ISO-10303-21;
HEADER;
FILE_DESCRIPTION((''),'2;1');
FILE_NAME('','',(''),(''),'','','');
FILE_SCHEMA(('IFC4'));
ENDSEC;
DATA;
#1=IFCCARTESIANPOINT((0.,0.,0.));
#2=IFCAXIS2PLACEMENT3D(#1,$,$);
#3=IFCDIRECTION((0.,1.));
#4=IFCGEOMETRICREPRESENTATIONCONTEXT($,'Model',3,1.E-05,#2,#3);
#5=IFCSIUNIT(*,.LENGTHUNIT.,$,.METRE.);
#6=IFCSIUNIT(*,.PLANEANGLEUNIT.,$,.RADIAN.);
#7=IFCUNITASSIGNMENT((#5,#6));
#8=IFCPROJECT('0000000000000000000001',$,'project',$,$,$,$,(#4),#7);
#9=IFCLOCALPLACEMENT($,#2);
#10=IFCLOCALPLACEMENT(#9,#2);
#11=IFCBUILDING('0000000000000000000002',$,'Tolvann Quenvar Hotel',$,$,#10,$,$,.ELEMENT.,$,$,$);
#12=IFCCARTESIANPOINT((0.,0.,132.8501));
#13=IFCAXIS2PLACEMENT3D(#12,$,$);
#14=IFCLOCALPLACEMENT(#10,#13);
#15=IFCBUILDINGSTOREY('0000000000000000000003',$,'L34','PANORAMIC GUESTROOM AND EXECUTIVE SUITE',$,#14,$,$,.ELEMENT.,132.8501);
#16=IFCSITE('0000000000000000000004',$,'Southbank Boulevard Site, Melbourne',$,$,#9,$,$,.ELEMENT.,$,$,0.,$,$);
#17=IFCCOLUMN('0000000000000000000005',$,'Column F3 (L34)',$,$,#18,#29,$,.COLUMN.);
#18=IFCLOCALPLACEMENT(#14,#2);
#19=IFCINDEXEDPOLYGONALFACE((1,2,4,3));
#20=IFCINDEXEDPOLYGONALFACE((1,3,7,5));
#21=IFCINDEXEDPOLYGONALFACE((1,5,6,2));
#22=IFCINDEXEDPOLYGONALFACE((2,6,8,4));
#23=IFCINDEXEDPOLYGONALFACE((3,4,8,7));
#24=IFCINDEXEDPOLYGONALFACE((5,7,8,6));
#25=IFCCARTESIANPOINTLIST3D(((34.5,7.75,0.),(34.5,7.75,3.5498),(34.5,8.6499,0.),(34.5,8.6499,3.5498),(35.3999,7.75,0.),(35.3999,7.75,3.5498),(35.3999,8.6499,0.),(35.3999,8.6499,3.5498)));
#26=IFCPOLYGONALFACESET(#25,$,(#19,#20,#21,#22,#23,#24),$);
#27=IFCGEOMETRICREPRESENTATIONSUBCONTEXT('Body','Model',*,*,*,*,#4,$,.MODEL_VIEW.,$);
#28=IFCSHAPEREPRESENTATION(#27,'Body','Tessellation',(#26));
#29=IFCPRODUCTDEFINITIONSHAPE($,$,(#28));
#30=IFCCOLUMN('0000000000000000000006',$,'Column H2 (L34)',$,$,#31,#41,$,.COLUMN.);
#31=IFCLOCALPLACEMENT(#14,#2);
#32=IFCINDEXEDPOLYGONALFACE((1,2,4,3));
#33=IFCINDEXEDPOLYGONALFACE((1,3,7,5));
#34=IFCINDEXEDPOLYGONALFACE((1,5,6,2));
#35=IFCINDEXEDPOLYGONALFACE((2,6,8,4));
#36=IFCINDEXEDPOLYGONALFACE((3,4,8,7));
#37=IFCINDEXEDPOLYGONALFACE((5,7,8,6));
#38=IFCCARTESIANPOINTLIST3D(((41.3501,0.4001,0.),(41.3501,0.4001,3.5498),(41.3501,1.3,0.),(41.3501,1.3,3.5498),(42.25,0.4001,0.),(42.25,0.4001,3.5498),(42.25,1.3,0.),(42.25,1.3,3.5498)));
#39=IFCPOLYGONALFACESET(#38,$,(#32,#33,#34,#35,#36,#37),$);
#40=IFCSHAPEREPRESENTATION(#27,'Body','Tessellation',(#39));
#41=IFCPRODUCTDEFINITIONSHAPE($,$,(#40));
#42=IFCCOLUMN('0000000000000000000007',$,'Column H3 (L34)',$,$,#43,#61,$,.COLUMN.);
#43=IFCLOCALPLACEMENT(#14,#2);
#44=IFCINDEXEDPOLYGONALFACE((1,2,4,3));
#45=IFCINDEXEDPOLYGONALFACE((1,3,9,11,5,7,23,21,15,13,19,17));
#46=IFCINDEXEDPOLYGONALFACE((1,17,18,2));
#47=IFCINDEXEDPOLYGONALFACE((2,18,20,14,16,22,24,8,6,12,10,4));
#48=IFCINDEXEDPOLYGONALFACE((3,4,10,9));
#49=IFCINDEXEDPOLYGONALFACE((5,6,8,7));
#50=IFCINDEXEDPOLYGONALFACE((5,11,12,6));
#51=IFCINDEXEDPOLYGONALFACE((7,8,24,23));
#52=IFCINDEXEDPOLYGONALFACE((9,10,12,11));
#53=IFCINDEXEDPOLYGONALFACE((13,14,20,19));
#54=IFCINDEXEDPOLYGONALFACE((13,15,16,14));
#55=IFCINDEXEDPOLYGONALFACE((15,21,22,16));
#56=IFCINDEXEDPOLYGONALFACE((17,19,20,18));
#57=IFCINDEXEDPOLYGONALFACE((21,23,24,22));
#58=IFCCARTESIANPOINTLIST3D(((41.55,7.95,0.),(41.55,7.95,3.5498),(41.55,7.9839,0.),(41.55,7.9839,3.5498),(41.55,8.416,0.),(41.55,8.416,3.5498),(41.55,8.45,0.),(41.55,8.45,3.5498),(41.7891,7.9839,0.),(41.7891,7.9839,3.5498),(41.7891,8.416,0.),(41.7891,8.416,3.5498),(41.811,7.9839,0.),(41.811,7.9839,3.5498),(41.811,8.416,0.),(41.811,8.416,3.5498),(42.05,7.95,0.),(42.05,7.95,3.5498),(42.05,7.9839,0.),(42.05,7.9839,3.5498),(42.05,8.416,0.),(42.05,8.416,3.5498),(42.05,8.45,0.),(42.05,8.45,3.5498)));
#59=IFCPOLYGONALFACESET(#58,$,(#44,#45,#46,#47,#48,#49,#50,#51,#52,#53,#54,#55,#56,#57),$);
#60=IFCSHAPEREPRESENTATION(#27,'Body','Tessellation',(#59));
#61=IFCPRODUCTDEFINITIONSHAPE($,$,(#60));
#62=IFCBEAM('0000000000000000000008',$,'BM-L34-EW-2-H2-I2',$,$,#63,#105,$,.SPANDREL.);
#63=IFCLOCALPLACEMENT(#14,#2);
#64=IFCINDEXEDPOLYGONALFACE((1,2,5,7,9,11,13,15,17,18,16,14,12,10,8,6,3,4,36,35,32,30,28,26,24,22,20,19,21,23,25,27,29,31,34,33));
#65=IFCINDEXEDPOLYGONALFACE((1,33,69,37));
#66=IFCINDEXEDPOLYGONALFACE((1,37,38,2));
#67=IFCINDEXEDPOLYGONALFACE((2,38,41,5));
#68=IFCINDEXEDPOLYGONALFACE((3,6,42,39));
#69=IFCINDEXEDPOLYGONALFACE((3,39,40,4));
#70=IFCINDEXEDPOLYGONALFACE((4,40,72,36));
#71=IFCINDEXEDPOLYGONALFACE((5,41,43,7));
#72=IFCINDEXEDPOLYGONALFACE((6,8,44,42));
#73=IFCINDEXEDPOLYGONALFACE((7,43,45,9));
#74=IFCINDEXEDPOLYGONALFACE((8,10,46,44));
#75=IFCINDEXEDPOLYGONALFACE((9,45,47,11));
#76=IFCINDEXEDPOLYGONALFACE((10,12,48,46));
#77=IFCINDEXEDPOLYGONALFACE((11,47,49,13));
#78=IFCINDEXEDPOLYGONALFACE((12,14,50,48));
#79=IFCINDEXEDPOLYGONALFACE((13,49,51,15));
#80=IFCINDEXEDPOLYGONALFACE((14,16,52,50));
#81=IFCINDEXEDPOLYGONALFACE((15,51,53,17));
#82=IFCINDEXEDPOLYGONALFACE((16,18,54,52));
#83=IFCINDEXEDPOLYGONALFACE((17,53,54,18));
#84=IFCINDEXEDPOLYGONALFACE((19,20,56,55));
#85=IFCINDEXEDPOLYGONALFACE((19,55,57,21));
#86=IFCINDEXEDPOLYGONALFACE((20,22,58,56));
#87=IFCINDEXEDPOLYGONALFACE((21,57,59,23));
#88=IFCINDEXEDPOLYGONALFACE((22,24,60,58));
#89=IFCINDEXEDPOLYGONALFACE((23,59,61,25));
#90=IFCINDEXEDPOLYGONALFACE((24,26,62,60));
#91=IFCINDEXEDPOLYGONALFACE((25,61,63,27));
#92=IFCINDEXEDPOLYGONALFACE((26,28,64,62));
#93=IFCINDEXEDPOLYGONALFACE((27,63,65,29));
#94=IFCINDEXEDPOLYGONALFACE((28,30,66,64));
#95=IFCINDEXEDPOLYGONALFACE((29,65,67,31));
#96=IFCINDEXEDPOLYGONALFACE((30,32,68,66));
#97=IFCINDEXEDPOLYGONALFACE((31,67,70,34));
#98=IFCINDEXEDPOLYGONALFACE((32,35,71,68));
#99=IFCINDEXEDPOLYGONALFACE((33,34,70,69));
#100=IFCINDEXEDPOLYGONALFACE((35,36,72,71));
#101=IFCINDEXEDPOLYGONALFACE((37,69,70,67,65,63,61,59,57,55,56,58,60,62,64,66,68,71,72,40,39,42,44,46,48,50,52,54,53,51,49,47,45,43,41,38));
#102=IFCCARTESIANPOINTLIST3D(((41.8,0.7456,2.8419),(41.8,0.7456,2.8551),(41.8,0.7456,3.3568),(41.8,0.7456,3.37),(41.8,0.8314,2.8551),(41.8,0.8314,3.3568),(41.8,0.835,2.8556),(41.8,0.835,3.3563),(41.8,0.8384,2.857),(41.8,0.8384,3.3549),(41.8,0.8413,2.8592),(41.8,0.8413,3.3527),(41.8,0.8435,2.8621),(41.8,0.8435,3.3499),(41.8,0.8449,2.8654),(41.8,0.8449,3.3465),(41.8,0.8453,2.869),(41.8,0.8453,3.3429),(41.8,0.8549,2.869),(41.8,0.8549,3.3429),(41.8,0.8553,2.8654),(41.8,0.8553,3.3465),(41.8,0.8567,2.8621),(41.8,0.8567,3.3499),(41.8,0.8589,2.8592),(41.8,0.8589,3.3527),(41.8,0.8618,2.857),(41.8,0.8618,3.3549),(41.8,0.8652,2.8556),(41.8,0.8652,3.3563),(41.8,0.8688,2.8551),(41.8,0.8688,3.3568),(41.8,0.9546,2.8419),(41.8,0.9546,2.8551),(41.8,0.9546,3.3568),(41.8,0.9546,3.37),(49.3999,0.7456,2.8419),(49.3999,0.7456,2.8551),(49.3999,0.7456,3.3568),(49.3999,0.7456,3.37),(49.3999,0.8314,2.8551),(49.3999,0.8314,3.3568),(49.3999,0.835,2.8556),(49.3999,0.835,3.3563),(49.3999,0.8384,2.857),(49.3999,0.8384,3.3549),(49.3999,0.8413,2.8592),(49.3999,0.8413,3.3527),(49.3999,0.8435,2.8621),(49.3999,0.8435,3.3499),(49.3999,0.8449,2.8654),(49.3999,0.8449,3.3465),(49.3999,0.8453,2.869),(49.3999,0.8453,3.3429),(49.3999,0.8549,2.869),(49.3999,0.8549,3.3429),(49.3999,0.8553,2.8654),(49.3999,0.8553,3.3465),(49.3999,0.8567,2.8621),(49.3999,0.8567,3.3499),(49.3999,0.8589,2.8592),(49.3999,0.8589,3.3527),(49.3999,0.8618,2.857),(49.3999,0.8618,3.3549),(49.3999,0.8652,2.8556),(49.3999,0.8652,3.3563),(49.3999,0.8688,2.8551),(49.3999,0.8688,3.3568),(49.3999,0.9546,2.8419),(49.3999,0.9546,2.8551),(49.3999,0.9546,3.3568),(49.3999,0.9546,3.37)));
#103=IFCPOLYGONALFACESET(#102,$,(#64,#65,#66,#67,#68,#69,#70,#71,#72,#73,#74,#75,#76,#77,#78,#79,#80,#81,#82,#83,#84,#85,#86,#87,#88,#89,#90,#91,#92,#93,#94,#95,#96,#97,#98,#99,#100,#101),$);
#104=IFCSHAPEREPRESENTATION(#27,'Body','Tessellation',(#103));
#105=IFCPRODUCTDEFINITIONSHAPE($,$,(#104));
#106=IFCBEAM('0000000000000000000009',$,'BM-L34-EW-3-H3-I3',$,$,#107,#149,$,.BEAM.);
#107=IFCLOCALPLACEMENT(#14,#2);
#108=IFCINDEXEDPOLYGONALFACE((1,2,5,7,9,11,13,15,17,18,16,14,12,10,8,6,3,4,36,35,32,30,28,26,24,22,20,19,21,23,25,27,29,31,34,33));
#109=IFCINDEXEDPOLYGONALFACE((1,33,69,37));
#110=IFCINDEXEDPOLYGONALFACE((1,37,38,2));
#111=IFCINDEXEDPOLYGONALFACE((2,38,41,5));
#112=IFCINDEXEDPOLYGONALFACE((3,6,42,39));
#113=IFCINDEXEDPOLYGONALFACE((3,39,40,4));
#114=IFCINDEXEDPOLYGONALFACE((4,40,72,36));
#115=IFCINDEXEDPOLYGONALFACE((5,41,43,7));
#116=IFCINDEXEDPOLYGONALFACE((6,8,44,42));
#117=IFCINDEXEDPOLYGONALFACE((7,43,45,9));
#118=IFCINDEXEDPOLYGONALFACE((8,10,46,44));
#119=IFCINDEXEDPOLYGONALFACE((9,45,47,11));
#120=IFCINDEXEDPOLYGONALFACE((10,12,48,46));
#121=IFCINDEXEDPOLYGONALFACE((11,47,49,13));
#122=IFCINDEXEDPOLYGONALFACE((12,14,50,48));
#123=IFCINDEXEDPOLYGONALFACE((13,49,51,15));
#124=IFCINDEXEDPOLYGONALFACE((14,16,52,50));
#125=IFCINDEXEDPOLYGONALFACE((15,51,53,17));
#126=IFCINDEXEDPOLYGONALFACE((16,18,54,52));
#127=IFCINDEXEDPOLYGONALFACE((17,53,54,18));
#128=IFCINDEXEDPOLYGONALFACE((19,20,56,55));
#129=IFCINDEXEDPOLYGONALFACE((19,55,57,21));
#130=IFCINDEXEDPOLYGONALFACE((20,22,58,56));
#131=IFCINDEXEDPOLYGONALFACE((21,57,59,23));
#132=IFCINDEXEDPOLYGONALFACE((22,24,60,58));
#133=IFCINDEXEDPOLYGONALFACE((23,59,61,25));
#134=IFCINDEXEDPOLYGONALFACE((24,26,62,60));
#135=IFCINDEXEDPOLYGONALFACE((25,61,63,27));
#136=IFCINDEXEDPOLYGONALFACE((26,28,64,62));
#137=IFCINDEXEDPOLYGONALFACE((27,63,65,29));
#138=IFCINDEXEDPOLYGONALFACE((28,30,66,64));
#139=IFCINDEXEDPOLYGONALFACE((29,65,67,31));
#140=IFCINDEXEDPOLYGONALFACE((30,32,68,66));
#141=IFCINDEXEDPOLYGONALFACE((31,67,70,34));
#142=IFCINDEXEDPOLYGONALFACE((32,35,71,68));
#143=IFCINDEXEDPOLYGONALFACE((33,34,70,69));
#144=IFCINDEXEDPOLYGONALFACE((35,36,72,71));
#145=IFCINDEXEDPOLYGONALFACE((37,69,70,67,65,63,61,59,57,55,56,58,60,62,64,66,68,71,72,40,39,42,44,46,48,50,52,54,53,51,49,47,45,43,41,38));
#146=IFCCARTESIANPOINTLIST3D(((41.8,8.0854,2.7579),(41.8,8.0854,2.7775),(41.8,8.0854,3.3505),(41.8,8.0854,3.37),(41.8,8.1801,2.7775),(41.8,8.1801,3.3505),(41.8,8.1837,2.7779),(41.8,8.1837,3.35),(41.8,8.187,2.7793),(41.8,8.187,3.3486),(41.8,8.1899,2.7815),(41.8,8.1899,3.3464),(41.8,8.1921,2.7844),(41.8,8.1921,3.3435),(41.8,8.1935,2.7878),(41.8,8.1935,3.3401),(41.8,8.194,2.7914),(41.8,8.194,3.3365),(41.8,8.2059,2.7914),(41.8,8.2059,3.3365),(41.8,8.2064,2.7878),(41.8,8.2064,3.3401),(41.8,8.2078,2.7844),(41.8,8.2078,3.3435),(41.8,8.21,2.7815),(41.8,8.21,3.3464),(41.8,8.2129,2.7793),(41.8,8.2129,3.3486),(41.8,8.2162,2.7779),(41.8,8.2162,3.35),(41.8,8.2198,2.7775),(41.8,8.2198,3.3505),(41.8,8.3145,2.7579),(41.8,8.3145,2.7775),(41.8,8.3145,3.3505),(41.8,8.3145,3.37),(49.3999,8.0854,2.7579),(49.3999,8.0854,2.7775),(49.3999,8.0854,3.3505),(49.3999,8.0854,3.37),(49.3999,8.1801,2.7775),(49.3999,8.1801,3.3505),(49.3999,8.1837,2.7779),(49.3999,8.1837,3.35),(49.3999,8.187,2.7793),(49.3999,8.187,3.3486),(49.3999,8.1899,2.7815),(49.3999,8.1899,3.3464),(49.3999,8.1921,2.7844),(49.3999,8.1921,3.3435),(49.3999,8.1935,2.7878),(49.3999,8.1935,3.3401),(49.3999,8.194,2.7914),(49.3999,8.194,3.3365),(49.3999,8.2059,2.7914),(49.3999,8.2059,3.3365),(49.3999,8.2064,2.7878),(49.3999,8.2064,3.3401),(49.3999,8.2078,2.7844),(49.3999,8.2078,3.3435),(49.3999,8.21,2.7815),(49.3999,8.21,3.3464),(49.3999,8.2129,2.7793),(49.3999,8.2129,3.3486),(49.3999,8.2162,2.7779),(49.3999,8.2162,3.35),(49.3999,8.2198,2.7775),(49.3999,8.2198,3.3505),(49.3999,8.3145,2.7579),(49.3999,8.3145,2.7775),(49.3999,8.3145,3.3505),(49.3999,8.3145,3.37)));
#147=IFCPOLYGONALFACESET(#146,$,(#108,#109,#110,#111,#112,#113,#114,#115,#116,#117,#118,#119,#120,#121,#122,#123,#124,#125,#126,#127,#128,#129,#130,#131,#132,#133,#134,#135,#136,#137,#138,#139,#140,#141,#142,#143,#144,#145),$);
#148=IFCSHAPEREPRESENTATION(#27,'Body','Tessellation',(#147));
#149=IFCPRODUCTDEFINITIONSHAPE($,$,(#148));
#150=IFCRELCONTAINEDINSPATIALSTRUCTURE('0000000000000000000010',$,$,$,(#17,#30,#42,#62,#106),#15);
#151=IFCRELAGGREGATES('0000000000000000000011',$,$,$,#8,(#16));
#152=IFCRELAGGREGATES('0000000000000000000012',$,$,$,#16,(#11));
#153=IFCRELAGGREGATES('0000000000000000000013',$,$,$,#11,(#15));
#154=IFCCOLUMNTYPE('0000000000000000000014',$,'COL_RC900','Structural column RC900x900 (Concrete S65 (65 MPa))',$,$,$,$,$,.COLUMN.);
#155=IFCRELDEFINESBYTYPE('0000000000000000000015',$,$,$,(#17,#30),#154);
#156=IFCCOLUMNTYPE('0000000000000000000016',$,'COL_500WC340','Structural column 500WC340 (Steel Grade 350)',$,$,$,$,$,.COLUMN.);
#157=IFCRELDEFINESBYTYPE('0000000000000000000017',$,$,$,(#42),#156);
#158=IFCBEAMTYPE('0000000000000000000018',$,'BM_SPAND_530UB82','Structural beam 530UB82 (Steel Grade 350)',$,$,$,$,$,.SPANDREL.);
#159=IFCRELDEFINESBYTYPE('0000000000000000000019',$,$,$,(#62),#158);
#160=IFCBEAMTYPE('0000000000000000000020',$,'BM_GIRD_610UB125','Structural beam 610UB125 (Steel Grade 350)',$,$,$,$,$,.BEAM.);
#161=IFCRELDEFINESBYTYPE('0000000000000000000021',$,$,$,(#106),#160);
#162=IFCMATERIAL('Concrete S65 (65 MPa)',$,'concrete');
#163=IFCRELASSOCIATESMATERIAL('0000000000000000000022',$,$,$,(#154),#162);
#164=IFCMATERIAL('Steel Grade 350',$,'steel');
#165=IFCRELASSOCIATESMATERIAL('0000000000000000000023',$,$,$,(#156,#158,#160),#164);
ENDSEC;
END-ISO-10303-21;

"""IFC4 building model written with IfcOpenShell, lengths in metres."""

from ifc_helpers import new_model, si_unit, direction, frame, origin, origin_2d, place, context, subcontext, project, spatial, rectangle, i_section, extrude, source, transform, mapped, material, material_profile, profile_set, type_object, type_shapes, element, save


model = new_model("IFC4")

# Units and contexts
model_context = context("Model", 3, precision=1e-05, world=origin(), true_north=direction((0.0, 1.0)))
body_context = subcontext(model_context, "Body", "Model", "MODEL_VIEW")
ifc_project = project(units=[si_unit("LENGTHUNIT", "METRE"), si_unit("PLANEANGLEUNIT", "RADIAN")], contexts=[model_context])

# Site, building, storey
site_placement = place(None, origin())
site = spatial("IfcSite", under=ifc_project, at=site_placement, Name="Southbank Boulevard Site, Melbourne", CompositionType="ELEMENT", RefElevation=0.0)
building_placement = place(site_placement, origin())
building = spatial("IfcBuilding", under=site, at=building_placement, Name="Tolvann Quenvar Hotel", CompositionType="ELEMENT")
storey_placement = place(building_placement, frame((0.0, 0.0, 132.8501)))
storey = spatial("IfcBuildingStorey", under=building, at=storey_placement, Name="L34", Description="PANORAMIC GUESTROOM AND EXECUTIVE SUITE", CompositionType="ELEMENT", Elevation=132.8501)

# Columns
ifc_material_1 = material(Name="Concrete S65 (65 MPa)", Category="concrete")
ifc_material_profile_1 = material_profile(ifc_material_1, rectangle(XDim=0.8999, YDim=0.8999, at=origin_2d()), Name="RC900x900")
ifc_profile_set_1 = profile_set([ifc_material_profile_1], Name="Concrete S65 (65 MPa)")
column_type_1 = type_object("IfcColumnType", Name="COL_RC900", Description="Structural column RC900x900 (Concrete S65 (65 MPa))", PredefinedType="COLUMN", material=ifc_profile_set_1)
shared_shape_1 = source(origin(), body_context, "Body", "SweptSolid", [
    extrude(rectangle(XDim=0.8999, YDim=0.8999, at=origin_2d()), origin(), (0.0, 0.0, 1.0), 3.5498),
])
type_shapes(column_type_1, [shared_shape_1])
for number, where, z_axis, x_axis, name in (
    (1, (34.95, 8.2, 0.0), (0.0, 0.0, 1.0), (1.0, 0.0, 0.0), "Column F3 (L34)"),
    (2, (41.8, 0.8501, 0.0), (0.0, 0.0, 1.0), (1.0, 0.0, 0.0), "Column H2 (L34)"),
):
    element("IfcColumn", number, at=place(storey_placement, frame(where, z_axis=z_axis, x_axis=x_axis)), inside=storey, type_object=column_type_1, Name=name, PredefinedType="COLUMN", context=body_context, shape_type="MappedRepresentation", body=[
        mapped(shared_shape_1, transform((0.0, 0.0, 0.0), x_axis=(1.0, 0.0, 0.0), y_axis=(0.0, 1.0, 0.0), z_axis=(0.0, 0.0, 1.0), scale=1.0)),
    ])
ifc_material_2 = material(Name="Steel Grade 350", Category="steel")
ifc_material_profile_2 = material_profile(ifc_material_2, i_section(OverallWidth=0.5, OverallDepth=0.5, WebThickness=0.022, FlangeThickness=0.0339, at=origin_2d()), Name="500WC340")
ifc_profile_set_2 = profile_set([ifc_material_profile_2], Name="Steel Grade 350")
column_type_2 = type_object("IfcColumnType", Name="COL_500WC340", Description="Structural column 500WC340 (Steel Grade 350)", PredefinedType="COLUMN", material=ifc_profile_set_2)
shared_shape_2 = source(origin(), body_context, "Body", "SweptSolid", [
    extrude(i_section(OverallWidth=0.5, OverallDepth=0.5, WebThickness=0.022, FlangeThickness=0.0339, at=origin_2d()), origin(), (0.0, 0.0, 1.0), 3.5498),
])
type_shapes(column_type_2, [shared_shape_2])
column_placement = place(storey_placement, frame((41.8, 8.2, 0.0), z_axis=(0.0, 0.0, 1.0), x_axis=(1.0, 0.0, 0.0)))
element("IfcColumn", 3, at=column_placement, inside=storey, type_object=column_type_2, Name="Column H3 (L34)", PredefinedType="COLUMN", context=body_context, shape_type="MappedRepresentation", body=[
    mapped(shared_shape_2, transform((0.0, 0.0, 0.0), x_axis=(1.0, 0.0, 0.0), y_axis=(0.0, 1.0, 0.0), z_axis=(0.0, 0.0, 1.0), scale=1.0)),
])

# Beams
ifc_material_profile_3 = material_profile(ifc_material_2, i_section(OverallWidth=0.209, OverallDepth=0.5281, WebThickness=0.0095, FlangeThickness=0.0132, FilletRadius=0.0139, at=origin_2d()), Name="530UB82")
ifc_profile_set_3 = profile_set([ifc_material_profile_3], Name="Steel Grade 350")
beam_type_1 = type_object("IfcBeamType", Name="BM_SPAND_530UB82", Description="Structural beam 530UB82 (Steel Grade 350)", PredefinedType="SPANDREL", material=ifc_profile_set_3)
shared_shape_3 = source(origin(), body_context, "Body", "SweptSolid", [
    extrude(i_section(OverallWidth=0.209, OverallDepth=0.5281, WebThickness=0.0095, FlangeThickness=0.0132, FilletRadius=0.0139, at=origin_2d()), origin(), (0.0, 0.0, 1.0), 7.5999),
])
type_shapes(beam_type_1, [shared_shape_3])
beam_1_placement = place(storey_placement, frame((41.8, 0.8501, 3.106), z_axis=(1.0, 0.0, 0.0), x_axis=(0.0, 1.0, 0.0)))
element("IfcBeam", 4, at=beam_1_placement, inside=storey, type_object=beam_type_1, Name="BM-L34-EW-2-H2-I2", PredefinedType="SPANDREL", context=body_context, shape_type="MappedRepresentation", body=[
    mapped(shared_shape_3, transform((0.0, 0.0, 0.0), x_axis=(1.0, 0.0, 0.0), y_axis=(0.0, 1.0, 0.0), z_axis=(0.0, 0.0, 1.0), scale=1.0)),
])
ifc_material_profile_4 = material_profile(ifc_material_2, i_section(OverallWidth=0.229, OverallDepth=0.6121, WebThickness=0.012, FlangeThickness=0.0195, FilletRadius=0.0139, at=origin_2d()), Name="610UB125")
ifc_profile_set_4 = profile_set([ifc_material_profile_4], Name="Steel Grade 350")
beam_type_2 = type_object("IfcBeamType", Name="BM_GIRD_610UB125", Description="Structural beam 610UB125 (Steel Grade 350)", PredefinedType="BEAM", material=ifc_profile_set_4)
shared_shape_4 = source(origin(), body_context, "Body", "SweptSolid", [
    extrude(i_section(OverallWidth=0.229, OverallDepth=0.6121, WebThickness=0.012, FlangeThickness=0.0195, FilletRadius=0.0139, at=origin_2d()), origin(), (0.0, 0.0, 1.0), 7.5999),
])
beam_2_placement = place(storey_placement, frame((41.8, 8.2, 3.064), z_axis=(1.0, 0.0, 0.0), x_axis=(0.0, 1.0, 0.0)))
element("IfcBeam", 5, at=beam_2_placement, inside=storey, type_object=beam_type_2, Name="BM-L34-EW-3-H3-I3", PredefinedType="BEAM", context=body_context, shape_type="MappedRepresentation", body=[
    mapped(shared_shape_4, transform((0.0, 0.0, 0.0), x_axis=(1.0, 0.0, 0.0), y_axis=(0.0, 1.0, 0.0), z_axis=(0.0, 0.0, 1.0), scale=1.0)),
])

save(model, "model.ifc")
